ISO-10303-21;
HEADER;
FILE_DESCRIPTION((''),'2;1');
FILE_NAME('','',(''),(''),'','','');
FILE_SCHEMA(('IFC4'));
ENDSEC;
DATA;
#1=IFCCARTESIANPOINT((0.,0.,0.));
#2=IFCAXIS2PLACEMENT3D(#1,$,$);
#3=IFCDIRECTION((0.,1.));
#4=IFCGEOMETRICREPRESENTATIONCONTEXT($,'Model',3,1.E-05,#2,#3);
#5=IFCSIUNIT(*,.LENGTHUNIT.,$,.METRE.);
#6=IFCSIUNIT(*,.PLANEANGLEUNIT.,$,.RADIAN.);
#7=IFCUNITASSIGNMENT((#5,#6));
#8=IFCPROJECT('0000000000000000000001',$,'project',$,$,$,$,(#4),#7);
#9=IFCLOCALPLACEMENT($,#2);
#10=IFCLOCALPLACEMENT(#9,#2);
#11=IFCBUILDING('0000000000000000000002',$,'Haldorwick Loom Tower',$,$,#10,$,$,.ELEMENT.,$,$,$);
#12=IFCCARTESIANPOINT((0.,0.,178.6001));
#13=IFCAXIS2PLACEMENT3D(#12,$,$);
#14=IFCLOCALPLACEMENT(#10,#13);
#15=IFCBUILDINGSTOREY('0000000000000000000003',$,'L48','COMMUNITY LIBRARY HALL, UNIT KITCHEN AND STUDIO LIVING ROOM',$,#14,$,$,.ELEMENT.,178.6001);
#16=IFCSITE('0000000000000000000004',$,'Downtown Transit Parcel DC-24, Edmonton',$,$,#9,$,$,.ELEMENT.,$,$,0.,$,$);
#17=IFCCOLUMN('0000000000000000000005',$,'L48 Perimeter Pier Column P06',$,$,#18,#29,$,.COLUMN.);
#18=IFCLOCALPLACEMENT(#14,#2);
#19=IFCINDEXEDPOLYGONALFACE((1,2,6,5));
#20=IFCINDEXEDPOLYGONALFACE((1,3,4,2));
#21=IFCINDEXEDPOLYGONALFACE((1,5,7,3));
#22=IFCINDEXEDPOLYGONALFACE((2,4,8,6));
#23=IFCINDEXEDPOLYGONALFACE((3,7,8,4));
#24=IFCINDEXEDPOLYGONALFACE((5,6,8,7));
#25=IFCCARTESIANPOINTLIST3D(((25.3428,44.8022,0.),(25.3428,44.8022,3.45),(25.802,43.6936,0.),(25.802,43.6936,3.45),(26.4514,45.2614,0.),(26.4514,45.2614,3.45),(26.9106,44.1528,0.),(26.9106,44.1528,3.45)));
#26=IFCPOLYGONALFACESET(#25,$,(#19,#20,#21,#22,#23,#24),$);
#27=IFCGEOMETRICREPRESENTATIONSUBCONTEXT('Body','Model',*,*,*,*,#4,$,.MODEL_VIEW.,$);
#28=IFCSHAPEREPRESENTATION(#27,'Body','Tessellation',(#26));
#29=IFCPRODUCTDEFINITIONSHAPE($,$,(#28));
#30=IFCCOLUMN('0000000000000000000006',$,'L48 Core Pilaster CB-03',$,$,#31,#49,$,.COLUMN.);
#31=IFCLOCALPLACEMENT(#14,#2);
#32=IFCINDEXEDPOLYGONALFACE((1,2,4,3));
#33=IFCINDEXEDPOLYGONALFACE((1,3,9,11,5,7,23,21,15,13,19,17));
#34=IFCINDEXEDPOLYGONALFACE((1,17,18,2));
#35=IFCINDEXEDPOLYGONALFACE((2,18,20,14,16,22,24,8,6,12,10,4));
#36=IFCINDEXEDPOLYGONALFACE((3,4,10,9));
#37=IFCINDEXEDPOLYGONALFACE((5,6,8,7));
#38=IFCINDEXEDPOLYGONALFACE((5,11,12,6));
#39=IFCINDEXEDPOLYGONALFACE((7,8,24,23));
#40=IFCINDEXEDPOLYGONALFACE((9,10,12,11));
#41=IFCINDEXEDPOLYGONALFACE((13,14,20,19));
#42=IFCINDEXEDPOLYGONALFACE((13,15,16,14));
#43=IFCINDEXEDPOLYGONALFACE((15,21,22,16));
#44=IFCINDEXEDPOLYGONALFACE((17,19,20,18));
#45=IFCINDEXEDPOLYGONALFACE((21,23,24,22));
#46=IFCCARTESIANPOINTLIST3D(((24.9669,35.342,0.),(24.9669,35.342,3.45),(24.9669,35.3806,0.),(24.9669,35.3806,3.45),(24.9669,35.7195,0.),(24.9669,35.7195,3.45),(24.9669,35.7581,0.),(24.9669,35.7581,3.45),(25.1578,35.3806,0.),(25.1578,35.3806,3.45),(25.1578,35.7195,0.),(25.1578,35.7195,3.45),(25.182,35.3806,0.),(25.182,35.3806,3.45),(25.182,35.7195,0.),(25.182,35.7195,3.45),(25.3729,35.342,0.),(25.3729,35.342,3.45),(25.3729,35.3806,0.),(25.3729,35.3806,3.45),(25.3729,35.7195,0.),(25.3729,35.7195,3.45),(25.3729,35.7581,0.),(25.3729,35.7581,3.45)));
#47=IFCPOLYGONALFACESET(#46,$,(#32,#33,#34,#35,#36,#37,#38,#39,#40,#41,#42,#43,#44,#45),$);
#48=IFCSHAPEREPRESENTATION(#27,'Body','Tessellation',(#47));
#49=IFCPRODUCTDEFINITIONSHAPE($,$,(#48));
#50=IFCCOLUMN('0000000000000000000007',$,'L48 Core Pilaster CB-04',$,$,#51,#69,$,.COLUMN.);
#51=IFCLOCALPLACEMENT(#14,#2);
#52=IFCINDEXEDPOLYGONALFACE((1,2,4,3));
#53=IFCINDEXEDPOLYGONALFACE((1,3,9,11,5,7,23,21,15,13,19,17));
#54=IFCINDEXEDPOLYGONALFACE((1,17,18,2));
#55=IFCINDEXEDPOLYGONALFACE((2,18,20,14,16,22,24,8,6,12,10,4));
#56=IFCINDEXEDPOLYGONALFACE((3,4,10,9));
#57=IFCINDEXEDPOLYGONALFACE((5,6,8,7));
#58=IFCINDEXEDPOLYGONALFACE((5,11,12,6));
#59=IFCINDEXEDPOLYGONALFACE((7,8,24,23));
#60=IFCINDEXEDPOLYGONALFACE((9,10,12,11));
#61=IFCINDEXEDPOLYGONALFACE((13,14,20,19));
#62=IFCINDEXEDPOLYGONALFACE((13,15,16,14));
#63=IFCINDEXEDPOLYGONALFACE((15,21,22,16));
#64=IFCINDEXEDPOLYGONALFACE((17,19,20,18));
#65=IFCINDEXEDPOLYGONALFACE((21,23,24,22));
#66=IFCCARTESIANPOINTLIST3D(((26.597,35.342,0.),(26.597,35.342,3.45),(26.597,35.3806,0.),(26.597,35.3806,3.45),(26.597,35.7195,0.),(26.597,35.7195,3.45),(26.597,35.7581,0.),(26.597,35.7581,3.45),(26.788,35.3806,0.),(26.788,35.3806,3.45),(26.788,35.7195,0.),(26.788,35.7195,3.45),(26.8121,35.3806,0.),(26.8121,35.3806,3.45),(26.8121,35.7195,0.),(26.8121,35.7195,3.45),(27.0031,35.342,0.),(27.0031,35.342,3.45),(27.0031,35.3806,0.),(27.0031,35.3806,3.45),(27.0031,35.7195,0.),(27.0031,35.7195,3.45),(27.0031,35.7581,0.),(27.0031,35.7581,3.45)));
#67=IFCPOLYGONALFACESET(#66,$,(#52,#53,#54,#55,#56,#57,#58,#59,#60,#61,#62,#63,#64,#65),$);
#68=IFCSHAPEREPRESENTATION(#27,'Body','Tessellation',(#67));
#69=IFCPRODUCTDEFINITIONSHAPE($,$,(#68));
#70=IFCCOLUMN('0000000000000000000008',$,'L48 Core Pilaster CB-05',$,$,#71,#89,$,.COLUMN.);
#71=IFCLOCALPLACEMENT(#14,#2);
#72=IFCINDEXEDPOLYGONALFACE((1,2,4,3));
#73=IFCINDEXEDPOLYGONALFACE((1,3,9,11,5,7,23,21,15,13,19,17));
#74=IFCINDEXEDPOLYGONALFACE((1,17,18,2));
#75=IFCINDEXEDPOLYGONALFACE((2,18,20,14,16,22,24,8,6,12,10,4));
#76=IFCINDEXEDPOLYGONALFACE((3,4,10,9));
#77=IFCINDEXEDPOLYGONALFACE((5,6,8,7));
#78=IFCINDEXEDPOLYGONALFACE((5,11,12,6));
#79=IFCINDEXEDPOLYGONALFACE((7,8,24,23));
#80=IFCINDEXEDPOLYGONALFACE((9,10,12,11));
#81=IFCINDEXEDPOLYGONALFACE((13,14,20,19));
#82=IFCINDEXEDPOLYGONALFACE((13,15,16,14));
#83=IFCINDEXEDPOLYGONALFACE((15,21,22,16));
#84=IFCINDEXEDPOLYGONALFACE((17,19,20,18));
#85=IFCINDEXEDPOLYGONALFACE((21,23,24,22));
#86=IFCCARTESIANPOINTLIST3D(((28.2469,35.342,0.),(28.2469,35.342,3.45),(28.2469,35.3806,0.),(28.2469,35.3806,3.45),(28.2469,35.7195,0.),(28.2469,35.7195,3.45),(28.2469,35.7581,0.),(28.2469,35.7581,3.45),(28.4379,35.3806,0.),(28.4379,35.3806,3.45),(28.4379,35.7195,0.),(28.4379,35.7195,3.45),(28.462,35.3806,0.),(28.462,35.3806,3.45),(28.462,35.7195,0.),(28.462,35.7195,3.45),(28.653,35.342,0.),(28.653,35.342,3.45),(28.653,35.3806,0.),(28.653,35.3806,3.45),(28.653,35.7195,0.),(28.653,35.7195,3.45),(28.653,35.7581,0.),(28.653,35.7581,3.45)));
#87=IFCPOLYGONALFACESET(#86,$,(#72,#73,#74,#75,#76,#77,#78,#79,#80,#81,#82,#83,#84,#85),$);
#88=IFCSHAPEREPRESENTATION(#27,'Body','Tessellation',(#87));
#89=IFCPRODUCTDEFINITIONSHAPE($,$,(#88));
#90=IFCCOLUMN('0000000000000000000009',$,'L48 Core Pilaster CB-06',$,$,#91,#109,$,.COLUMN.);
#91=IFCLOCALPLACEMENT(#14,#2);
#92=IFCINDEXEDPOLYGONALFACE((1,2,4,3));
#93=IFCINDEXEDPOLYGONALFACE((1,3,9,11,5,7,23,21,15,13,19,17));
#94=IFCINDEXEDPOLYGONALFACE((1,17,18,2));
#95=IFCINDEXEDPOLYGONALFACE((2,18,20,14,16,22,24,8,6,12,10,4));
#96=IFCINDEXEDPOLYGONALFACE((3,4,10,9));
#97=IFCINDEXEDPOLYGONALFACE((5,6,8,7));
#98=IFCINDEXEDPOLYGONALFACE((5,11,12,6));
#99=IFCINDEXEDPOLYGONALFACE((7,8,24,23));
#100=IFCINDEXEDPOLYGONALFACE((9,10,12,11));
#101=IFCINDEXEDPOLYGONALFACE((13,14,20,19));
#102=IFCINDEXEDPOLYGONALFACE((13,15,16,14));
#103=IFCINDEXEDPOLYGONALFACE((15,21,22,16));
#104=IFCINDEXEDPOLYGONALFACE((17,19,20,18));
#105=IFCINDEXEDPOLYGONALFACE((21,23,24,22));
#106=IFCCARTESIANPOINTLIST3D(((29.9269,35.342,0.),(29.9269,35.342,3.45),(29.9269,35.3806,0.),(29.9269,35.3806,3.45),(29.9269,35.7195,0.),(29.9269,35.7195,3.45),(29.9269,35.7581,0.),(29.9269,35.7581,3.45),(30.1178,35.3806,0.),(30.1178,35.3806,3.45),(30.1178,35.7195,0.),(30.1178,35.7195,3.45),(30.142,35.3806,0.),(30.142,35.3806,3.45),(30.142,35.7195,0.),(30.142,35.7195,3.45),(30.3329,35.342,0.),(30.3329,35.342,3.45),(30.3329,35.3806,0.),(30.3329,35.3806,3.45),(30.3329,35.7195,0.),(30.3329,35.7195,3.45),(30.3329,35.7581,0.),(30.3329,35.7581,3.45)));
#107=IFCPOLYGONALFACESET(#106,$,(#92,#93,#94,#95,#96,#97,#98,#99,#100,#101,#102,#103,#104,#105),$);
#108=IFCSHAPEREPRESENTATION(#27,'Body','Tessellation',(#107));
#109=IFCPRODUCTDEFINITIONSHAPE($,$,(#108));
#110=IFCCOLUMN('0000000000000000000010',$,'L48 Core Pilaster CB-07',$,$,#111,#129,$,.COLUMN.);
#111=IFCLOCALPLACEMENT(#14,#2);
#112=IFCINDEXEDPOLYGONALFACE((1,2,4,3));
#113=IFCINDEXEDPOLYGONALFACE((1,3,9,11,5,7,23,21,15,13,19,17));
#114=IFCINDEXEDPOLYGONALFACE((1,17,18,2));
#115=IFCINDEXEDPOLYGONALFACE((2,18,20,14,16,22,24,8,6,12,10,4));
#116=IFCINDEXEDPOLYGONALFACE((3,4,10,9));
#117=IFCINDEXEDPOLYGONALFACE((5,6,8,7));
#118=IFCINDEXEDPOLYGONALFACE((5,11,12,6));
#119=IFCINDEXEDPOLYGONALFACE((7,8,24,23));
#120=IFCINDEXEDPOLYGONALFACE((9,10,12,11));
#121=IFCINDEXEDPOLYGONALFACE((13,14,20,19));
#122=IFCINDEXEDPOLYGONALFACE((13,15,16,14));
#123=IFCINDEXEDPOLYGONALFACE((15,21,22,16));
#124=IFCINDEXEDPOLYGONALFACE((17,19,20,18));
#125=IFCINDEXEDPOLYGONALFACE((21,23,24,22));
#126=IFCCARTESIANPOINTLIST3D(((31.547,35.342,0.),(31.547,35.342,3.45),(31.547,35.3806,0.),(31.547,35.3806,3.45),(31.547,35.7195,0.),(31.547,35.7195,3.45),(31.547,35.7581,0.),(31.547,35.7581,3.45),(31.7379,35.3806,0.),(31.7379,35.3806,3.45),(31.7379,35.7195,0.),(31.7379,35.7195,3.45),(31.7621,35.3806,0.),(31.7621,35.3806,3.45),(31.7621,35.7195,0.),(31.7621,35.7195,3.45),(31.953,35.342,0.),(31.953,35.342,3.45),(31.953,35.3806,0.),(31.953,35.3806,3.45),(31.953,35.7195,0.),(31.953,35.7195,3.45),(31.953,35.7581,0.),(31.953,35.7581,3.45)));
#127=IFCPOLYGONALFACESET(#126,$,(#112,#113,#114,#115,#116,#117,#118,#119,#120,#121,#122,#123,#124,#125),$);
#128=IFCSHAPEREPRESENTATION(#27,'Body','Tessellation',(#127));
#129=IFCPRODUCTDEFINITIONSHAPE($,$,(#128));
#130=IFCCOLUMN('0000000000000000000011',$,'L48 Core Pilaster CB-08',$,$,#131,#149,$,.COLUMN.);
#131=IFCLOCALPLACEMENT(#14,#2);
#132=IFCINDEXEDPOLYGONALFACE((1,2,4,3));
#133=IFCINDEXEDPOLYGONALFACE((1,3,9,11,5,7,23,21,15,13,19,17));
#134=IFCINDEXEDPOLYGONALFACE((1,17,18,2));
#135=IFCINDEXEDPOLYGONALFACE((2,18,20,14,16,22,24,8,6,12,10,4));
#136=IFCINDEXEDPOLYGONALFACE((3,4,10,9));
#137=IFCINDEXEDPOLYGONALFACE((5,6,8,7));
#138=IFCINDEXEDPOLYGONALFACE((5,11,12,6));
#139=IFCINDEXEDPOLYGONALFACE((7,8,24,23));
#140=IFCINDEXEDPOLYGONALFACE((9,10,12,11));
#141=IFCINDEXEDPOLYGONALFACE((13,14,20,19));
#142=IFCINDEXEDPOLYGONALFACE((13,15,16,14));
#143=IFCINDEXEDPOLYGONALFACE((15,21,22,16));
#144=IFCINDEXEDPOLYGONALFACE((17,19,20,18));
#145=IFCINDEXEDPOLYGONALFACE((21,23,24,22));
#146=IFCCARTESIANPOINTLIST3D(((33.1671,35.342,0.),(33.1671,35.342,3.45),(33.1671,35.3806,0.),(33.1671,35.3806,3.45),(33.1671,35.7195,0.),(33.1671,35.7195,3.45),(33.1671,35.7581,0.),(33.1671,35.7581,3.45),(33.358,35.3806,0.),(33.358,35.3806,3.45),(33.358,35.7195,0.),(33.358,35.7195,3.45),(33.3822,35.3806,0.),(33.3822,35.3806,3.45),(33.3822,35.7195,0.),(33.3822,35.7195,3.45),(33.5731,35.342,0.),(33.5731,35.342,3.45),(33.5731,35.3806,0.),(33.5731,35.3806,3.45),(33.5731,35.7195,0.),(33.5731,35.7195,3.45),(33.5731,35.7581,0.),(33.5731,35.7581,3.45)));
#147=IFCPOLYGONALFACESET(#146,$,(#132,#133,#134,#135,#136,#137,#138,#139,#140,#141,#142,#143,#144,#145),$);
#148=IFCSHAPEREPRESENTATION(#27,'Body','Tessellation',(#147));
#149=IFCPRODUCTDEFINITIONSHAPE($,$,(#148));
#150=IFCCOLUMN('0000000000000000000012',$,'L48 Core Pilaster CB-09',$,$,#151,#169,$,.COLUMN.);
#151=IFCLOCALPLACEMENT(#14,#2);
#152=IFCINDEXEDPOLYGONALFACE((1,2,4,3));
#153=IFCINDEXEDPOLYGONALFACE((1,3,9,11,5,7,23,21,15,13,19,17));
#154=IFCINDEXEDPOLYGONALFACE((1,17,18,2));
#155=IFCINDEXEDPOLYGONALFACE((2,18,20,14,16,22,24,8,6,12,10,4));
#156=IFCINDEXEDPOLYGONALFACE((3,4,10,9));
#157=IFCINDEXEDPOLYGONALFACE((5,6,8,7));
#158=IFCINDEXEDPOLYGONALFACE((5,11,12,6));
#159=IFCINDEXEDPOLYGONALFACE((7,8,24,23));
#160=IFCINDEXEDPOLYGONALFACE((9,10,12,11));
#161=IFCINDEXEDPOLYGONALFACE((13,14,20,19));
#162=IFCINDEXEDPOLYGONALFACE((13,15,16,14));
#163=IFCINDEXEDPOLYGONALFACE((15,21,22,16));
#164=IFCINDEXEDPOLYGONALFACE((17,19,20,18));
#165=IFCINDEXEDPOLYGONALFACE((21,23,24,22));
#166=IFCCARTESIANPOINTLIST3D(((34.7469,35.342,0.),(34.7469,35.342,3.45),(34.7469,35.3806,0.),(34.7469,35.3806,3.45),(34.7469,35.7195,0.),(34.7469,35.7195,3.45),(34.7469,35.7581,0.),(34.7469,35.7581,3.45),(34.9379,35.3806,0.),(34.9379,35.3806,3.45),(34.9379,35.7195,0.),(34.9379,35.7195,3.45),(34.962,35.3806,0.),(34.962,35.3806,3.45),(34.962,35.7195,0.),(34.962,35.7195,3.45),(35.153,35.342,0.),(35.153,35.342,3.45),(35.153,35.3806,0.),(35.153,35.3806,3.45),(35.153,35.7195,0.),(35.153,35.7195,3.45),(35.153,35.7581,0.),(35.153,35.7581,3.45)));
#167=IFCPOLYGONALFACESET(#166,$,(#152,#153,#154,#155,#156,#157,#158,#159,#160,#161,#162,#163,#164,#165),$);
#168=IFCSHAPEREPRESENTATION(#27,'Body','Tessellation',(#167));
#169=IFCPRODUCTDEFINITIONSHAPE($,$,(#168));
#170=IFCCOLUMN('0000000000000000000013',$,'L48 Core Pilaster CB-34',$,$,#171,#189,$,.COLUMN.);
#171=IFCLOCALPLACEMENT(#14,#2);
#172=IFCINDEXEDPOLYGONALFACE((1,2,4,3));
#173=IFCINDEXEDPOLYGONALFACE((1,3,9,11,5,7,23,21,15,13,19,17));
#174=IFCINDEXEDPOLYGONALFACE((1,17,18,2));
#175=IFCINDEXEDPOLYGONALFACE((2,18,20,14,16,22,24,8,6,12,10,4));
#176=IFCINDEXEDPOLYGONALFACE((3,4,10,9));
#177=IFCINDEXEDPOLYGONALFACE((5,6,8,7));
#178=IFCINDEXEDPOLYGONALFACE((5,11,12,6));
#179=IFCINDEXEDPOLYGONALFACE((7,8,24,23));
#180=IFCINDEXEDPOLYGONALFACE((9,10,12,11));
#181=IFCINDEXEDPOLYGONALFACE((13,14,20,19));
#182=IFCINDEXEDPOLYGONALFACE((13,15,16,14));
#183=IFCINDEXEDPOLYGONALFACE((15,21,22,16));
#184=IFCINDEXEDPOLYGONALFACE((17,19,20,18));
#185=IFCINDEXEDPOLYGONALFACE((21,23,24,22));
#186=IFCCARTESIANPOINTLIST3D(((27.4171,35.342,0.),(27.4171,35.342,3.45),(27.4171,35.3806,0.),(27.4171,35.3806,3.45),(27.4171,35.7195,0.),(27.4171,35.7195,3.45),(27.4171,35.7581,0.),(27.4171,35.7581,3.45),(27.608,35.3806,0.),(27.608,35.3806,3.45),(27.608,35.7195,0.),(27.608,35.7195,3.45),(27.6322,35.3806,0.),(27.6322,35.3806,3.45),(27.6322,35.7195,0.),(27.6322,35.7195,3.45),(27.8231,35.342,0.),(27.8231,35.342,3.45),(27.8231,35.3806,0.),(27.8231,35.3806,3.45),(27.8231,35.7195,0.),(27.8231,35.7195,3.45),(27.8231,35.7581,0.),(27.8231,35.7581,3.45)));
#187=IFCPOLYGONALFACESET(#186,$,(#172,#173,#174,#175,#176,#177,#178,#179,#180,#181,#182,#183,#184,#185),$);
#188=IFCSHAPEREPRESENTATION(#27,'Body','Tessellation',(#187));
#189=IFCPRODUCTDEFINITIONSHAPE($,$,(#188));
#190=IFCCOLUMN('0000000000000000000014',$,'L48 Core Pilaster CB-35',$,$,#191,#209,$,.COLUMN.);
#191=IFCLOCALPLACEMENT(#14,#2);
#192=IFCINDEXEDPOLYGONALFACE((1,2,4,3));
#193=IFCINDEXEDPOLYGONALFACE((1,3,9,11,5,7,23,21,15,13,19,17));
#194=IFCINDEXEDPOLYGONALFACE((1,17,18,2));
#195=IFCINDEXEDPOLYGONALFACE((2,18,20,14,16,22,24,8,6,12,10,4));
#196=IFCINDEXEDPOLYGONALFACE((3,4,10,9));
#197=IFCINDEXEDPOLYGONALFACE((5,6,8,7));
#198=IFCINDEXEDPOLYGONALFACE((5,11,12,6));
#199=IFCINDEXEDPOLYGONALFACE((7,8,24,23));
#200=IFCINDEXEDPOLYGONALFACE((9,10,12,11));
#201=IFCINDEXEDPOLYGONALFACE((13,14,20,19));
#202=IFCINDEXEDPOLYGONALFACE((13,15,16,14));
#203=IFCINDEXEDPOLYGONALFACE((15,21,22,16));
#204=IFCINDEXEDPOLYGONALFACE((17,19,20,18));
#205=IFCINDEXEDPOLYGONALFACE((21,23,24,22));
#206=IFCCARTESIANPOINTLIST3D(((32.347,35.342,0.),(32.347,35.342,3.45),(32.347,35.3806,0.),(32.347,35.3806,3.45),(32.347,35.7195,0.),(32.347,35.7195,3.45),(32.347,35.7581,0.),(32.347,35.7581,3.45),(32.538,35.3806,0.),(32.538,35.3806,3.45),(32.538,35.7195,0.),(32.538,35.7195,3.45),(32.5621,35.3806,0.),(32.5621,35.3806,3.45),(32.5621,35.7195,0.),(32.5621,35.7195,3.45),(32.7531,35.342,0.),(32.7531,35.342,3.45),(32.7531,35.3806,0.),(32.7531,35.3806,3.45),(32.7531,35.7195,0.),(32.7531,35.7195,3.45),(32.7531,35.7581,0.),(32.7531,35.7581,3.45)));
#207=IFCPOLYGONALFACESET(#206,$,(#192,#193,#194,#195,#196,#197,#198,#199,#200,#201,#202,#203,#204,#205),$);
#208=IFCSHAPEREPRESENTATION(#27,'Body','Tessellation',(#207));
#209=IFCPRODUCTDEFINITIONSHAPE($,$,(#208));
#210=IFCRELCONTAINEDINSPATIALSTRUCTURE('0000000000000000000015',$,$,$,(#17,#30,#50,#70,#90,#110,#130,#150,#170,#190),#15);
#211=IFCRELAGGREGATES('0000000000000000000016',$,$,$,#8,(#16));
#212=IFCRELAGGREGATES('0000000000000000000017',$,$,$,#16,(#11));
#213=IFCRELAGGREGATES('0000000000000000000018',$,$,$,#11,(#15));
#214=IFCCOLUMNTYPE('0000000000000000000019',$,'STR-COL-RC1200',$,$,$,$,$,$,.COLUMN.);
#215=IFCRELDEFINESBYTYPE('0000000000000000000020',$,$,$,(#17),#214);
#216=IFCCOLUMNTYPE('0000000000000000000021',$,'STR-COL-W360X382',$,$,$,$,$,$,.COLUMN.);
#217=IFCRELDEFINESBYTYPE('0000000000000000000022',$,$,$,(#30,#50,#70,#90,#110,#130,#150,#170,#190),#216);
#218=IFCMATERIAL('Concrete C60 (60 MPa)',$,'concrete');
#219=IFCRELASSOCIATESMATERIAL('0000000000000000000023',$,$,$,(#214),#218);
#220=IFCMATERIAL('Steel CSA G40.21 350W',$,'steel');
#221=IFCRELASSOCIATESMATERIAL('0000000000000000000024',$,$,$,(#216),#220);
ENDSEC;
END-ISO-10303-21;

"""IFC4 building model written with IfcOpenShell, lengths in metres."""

from ifc_helpers import new_model, si_unit, direction, frame, origin, origin_2d, place, context, subcontext, project, spatial, rectangle, i_section, extrude, material, material_profile, profile_set, type_object, element, save


model = new_model("IFC4")

# Units and contexts
model_context = context("Model", 3, precision=1e-05, world=origin(), true_north=direction((0.0, 1.0)))
body_context = subcontext(model_context, "Body", "Model", "MODEL_VIEW")
ifc_project = project(units=[si_unit("LENGTHUNIT", "METRE"), si_unit("PLANEANGLEUNIT", "RADIAN")], contexts=[model_context])

# Site, building, storey
site_placement = place(None, origin())
site = spatial("IfcSite", under=ifc_project, at=site_placement, Name="Downtown Transit Parcel DC-24, Edmonton", CompositionType="ELEMENT", RefElevation=0.0)
building_placement = place(site_placement, origin())
building = spatial("IfcBuilding", under=site, at=building_placement, Name="Haldorwick Loom Tower", CompositionType="ELEMENT")
storey_placement = place(building_placement, frame((0.0, 0.0, 178.6001)))
storey = spatial("IfcBuildingStorey", under=building, at=storey_placement, Name="L48", Description="COMMUNITY LIBRARY HALL, UNIT KITCHEN AND STUDIO LIVING ROOM", CompositionType="ELEMENT", Elevation=178.6001)

# Columns
ifc_material_1 = material(Name="Concrete C60 (60 MPa)", Category="concrete")
ifc_material_profile_1 = material_profile(ifc_material_1, rectangle(XDim=1.2, YDim=1.2, at=origin_2d()), Name="RC1200X1200", Category="concrete")
ifc_profile_set_1 = profile_set([ifc_material_profile_1], Name="Concrete C60 (60 MPa)")
column_type_1 = type_object("IfcColumnType", Name="STR-COL-RC1200", PredefinedType="COLUMN", material=ifc_profile_set_1)
column_placement = place(storey_placement, frame((26.1267, 44.4775, 0.0), z_axis=(0.0, 0.0, 1.0), x_axis=(-0.382683, 0.92388, 0.0)))
element("IfcColumn", 1, at=column_placement, inside=storey, type_object=column_type_1, Name="L48 Perimeter Pier Column P06", PredefinedType="COLUMN", context=body_context, shape_type="SweptSolid", body=[
    extrude(rectangle(XDim=1.2, YDim=1.2, at=origin_2d()), origin(), (0.0, 0.0, 1.0), 3.45),
])
ifc_material_2 = material(Name="Steel CSA G40.21 350W", Category="steel")
ifc_material_profile_2 = material_profile(ifc_material_2, i_section(OverallWidth=0.406, OverallDepth=0.416, WebThickness=0.0242, FlangeThickness=0.0386, at=origin_2d()), Name="W360X382", Category="steel")
ifc_profile_set_2 = profile_set([ifc_material_profile_2], Name="Steel CSA G40.21 350W")
column_type_2 = type_object("IfcColumnType", Name="STR-COL-W360X382", PredefinedType="COLUMN", material=ifc_profile_set_2)
for number, where, z_axis, x_axis, name in (
    (2, (25.1699, 35.55, 0.0), (0.0, 0.0, 1.0), (1.0, 0.0, 0.0), "L48 Core Pilaster CB-03"),
    (3, (26.8, 35.55, 0.0), (0.0, 0.0, 1.0), (1.0, 0.0, 0.0), "L48 Core Pilaster CB-04"),
    (4, (28.45, 35.55, 0.0), (0.0, 0.0, 1.0), (1.0, 0.0, 0.0), "L48 Core Pilaster CB-05"),
    (5, (30.1299, 35.55, 0.0), (0.0, 0.0, 1.0), (1.0, 0.0, 0.0), "L48 Core Pilaster CB-06"),
    (6, (31.75, 35.55, 0.0), (0.0, 0.0, 1.0), (1.0, 0.0, 0.0), "L48 Core Pilaster CB-07"),
    (7, (33.3701, 35.55, 0.0), (0.0, 0.0, 1.0), (1.0, 0.0, 0.0), "L48 Core Pilaster CB-08"),
    (8, (34.95, 35.55, 0.0), (0.0, 0.0, 1.0), (1.0, 0.0, 0.0), "L48 Core Pilaster CB-09"),
    (9, (27.6201, 35.55, 0.0), (0.0, 0.0, 1.0), (1.0, 0.0, 0.0), "L48 Core Pilaster CB-34"),
    (10, (32.55, 35.55, 0.0), (0.0, 0.0, 1.0), (1.0, 0.0, 0.0), "L48 Core Pilaster CB-35"),
):
    element("IfcColumn", number, at=place(storey_placement, frame(where, z_axis=z_axis, x_axis=x_axis)), inside=storey, type_object=column_type_2, Name=name, PredefinedType="COLUMN", context=body_context, shape_type="SweptSolid", body=[
        extrude(i_section(OverallWidth=0.406, OverallDepth=0.416, WebThickness=0.0242, FlangeThickness=0.0386, at=origin_2d()), origin(), (0.0, 0.0, 1.0), 3.45),
    ])

save(model, "model.ifc")
